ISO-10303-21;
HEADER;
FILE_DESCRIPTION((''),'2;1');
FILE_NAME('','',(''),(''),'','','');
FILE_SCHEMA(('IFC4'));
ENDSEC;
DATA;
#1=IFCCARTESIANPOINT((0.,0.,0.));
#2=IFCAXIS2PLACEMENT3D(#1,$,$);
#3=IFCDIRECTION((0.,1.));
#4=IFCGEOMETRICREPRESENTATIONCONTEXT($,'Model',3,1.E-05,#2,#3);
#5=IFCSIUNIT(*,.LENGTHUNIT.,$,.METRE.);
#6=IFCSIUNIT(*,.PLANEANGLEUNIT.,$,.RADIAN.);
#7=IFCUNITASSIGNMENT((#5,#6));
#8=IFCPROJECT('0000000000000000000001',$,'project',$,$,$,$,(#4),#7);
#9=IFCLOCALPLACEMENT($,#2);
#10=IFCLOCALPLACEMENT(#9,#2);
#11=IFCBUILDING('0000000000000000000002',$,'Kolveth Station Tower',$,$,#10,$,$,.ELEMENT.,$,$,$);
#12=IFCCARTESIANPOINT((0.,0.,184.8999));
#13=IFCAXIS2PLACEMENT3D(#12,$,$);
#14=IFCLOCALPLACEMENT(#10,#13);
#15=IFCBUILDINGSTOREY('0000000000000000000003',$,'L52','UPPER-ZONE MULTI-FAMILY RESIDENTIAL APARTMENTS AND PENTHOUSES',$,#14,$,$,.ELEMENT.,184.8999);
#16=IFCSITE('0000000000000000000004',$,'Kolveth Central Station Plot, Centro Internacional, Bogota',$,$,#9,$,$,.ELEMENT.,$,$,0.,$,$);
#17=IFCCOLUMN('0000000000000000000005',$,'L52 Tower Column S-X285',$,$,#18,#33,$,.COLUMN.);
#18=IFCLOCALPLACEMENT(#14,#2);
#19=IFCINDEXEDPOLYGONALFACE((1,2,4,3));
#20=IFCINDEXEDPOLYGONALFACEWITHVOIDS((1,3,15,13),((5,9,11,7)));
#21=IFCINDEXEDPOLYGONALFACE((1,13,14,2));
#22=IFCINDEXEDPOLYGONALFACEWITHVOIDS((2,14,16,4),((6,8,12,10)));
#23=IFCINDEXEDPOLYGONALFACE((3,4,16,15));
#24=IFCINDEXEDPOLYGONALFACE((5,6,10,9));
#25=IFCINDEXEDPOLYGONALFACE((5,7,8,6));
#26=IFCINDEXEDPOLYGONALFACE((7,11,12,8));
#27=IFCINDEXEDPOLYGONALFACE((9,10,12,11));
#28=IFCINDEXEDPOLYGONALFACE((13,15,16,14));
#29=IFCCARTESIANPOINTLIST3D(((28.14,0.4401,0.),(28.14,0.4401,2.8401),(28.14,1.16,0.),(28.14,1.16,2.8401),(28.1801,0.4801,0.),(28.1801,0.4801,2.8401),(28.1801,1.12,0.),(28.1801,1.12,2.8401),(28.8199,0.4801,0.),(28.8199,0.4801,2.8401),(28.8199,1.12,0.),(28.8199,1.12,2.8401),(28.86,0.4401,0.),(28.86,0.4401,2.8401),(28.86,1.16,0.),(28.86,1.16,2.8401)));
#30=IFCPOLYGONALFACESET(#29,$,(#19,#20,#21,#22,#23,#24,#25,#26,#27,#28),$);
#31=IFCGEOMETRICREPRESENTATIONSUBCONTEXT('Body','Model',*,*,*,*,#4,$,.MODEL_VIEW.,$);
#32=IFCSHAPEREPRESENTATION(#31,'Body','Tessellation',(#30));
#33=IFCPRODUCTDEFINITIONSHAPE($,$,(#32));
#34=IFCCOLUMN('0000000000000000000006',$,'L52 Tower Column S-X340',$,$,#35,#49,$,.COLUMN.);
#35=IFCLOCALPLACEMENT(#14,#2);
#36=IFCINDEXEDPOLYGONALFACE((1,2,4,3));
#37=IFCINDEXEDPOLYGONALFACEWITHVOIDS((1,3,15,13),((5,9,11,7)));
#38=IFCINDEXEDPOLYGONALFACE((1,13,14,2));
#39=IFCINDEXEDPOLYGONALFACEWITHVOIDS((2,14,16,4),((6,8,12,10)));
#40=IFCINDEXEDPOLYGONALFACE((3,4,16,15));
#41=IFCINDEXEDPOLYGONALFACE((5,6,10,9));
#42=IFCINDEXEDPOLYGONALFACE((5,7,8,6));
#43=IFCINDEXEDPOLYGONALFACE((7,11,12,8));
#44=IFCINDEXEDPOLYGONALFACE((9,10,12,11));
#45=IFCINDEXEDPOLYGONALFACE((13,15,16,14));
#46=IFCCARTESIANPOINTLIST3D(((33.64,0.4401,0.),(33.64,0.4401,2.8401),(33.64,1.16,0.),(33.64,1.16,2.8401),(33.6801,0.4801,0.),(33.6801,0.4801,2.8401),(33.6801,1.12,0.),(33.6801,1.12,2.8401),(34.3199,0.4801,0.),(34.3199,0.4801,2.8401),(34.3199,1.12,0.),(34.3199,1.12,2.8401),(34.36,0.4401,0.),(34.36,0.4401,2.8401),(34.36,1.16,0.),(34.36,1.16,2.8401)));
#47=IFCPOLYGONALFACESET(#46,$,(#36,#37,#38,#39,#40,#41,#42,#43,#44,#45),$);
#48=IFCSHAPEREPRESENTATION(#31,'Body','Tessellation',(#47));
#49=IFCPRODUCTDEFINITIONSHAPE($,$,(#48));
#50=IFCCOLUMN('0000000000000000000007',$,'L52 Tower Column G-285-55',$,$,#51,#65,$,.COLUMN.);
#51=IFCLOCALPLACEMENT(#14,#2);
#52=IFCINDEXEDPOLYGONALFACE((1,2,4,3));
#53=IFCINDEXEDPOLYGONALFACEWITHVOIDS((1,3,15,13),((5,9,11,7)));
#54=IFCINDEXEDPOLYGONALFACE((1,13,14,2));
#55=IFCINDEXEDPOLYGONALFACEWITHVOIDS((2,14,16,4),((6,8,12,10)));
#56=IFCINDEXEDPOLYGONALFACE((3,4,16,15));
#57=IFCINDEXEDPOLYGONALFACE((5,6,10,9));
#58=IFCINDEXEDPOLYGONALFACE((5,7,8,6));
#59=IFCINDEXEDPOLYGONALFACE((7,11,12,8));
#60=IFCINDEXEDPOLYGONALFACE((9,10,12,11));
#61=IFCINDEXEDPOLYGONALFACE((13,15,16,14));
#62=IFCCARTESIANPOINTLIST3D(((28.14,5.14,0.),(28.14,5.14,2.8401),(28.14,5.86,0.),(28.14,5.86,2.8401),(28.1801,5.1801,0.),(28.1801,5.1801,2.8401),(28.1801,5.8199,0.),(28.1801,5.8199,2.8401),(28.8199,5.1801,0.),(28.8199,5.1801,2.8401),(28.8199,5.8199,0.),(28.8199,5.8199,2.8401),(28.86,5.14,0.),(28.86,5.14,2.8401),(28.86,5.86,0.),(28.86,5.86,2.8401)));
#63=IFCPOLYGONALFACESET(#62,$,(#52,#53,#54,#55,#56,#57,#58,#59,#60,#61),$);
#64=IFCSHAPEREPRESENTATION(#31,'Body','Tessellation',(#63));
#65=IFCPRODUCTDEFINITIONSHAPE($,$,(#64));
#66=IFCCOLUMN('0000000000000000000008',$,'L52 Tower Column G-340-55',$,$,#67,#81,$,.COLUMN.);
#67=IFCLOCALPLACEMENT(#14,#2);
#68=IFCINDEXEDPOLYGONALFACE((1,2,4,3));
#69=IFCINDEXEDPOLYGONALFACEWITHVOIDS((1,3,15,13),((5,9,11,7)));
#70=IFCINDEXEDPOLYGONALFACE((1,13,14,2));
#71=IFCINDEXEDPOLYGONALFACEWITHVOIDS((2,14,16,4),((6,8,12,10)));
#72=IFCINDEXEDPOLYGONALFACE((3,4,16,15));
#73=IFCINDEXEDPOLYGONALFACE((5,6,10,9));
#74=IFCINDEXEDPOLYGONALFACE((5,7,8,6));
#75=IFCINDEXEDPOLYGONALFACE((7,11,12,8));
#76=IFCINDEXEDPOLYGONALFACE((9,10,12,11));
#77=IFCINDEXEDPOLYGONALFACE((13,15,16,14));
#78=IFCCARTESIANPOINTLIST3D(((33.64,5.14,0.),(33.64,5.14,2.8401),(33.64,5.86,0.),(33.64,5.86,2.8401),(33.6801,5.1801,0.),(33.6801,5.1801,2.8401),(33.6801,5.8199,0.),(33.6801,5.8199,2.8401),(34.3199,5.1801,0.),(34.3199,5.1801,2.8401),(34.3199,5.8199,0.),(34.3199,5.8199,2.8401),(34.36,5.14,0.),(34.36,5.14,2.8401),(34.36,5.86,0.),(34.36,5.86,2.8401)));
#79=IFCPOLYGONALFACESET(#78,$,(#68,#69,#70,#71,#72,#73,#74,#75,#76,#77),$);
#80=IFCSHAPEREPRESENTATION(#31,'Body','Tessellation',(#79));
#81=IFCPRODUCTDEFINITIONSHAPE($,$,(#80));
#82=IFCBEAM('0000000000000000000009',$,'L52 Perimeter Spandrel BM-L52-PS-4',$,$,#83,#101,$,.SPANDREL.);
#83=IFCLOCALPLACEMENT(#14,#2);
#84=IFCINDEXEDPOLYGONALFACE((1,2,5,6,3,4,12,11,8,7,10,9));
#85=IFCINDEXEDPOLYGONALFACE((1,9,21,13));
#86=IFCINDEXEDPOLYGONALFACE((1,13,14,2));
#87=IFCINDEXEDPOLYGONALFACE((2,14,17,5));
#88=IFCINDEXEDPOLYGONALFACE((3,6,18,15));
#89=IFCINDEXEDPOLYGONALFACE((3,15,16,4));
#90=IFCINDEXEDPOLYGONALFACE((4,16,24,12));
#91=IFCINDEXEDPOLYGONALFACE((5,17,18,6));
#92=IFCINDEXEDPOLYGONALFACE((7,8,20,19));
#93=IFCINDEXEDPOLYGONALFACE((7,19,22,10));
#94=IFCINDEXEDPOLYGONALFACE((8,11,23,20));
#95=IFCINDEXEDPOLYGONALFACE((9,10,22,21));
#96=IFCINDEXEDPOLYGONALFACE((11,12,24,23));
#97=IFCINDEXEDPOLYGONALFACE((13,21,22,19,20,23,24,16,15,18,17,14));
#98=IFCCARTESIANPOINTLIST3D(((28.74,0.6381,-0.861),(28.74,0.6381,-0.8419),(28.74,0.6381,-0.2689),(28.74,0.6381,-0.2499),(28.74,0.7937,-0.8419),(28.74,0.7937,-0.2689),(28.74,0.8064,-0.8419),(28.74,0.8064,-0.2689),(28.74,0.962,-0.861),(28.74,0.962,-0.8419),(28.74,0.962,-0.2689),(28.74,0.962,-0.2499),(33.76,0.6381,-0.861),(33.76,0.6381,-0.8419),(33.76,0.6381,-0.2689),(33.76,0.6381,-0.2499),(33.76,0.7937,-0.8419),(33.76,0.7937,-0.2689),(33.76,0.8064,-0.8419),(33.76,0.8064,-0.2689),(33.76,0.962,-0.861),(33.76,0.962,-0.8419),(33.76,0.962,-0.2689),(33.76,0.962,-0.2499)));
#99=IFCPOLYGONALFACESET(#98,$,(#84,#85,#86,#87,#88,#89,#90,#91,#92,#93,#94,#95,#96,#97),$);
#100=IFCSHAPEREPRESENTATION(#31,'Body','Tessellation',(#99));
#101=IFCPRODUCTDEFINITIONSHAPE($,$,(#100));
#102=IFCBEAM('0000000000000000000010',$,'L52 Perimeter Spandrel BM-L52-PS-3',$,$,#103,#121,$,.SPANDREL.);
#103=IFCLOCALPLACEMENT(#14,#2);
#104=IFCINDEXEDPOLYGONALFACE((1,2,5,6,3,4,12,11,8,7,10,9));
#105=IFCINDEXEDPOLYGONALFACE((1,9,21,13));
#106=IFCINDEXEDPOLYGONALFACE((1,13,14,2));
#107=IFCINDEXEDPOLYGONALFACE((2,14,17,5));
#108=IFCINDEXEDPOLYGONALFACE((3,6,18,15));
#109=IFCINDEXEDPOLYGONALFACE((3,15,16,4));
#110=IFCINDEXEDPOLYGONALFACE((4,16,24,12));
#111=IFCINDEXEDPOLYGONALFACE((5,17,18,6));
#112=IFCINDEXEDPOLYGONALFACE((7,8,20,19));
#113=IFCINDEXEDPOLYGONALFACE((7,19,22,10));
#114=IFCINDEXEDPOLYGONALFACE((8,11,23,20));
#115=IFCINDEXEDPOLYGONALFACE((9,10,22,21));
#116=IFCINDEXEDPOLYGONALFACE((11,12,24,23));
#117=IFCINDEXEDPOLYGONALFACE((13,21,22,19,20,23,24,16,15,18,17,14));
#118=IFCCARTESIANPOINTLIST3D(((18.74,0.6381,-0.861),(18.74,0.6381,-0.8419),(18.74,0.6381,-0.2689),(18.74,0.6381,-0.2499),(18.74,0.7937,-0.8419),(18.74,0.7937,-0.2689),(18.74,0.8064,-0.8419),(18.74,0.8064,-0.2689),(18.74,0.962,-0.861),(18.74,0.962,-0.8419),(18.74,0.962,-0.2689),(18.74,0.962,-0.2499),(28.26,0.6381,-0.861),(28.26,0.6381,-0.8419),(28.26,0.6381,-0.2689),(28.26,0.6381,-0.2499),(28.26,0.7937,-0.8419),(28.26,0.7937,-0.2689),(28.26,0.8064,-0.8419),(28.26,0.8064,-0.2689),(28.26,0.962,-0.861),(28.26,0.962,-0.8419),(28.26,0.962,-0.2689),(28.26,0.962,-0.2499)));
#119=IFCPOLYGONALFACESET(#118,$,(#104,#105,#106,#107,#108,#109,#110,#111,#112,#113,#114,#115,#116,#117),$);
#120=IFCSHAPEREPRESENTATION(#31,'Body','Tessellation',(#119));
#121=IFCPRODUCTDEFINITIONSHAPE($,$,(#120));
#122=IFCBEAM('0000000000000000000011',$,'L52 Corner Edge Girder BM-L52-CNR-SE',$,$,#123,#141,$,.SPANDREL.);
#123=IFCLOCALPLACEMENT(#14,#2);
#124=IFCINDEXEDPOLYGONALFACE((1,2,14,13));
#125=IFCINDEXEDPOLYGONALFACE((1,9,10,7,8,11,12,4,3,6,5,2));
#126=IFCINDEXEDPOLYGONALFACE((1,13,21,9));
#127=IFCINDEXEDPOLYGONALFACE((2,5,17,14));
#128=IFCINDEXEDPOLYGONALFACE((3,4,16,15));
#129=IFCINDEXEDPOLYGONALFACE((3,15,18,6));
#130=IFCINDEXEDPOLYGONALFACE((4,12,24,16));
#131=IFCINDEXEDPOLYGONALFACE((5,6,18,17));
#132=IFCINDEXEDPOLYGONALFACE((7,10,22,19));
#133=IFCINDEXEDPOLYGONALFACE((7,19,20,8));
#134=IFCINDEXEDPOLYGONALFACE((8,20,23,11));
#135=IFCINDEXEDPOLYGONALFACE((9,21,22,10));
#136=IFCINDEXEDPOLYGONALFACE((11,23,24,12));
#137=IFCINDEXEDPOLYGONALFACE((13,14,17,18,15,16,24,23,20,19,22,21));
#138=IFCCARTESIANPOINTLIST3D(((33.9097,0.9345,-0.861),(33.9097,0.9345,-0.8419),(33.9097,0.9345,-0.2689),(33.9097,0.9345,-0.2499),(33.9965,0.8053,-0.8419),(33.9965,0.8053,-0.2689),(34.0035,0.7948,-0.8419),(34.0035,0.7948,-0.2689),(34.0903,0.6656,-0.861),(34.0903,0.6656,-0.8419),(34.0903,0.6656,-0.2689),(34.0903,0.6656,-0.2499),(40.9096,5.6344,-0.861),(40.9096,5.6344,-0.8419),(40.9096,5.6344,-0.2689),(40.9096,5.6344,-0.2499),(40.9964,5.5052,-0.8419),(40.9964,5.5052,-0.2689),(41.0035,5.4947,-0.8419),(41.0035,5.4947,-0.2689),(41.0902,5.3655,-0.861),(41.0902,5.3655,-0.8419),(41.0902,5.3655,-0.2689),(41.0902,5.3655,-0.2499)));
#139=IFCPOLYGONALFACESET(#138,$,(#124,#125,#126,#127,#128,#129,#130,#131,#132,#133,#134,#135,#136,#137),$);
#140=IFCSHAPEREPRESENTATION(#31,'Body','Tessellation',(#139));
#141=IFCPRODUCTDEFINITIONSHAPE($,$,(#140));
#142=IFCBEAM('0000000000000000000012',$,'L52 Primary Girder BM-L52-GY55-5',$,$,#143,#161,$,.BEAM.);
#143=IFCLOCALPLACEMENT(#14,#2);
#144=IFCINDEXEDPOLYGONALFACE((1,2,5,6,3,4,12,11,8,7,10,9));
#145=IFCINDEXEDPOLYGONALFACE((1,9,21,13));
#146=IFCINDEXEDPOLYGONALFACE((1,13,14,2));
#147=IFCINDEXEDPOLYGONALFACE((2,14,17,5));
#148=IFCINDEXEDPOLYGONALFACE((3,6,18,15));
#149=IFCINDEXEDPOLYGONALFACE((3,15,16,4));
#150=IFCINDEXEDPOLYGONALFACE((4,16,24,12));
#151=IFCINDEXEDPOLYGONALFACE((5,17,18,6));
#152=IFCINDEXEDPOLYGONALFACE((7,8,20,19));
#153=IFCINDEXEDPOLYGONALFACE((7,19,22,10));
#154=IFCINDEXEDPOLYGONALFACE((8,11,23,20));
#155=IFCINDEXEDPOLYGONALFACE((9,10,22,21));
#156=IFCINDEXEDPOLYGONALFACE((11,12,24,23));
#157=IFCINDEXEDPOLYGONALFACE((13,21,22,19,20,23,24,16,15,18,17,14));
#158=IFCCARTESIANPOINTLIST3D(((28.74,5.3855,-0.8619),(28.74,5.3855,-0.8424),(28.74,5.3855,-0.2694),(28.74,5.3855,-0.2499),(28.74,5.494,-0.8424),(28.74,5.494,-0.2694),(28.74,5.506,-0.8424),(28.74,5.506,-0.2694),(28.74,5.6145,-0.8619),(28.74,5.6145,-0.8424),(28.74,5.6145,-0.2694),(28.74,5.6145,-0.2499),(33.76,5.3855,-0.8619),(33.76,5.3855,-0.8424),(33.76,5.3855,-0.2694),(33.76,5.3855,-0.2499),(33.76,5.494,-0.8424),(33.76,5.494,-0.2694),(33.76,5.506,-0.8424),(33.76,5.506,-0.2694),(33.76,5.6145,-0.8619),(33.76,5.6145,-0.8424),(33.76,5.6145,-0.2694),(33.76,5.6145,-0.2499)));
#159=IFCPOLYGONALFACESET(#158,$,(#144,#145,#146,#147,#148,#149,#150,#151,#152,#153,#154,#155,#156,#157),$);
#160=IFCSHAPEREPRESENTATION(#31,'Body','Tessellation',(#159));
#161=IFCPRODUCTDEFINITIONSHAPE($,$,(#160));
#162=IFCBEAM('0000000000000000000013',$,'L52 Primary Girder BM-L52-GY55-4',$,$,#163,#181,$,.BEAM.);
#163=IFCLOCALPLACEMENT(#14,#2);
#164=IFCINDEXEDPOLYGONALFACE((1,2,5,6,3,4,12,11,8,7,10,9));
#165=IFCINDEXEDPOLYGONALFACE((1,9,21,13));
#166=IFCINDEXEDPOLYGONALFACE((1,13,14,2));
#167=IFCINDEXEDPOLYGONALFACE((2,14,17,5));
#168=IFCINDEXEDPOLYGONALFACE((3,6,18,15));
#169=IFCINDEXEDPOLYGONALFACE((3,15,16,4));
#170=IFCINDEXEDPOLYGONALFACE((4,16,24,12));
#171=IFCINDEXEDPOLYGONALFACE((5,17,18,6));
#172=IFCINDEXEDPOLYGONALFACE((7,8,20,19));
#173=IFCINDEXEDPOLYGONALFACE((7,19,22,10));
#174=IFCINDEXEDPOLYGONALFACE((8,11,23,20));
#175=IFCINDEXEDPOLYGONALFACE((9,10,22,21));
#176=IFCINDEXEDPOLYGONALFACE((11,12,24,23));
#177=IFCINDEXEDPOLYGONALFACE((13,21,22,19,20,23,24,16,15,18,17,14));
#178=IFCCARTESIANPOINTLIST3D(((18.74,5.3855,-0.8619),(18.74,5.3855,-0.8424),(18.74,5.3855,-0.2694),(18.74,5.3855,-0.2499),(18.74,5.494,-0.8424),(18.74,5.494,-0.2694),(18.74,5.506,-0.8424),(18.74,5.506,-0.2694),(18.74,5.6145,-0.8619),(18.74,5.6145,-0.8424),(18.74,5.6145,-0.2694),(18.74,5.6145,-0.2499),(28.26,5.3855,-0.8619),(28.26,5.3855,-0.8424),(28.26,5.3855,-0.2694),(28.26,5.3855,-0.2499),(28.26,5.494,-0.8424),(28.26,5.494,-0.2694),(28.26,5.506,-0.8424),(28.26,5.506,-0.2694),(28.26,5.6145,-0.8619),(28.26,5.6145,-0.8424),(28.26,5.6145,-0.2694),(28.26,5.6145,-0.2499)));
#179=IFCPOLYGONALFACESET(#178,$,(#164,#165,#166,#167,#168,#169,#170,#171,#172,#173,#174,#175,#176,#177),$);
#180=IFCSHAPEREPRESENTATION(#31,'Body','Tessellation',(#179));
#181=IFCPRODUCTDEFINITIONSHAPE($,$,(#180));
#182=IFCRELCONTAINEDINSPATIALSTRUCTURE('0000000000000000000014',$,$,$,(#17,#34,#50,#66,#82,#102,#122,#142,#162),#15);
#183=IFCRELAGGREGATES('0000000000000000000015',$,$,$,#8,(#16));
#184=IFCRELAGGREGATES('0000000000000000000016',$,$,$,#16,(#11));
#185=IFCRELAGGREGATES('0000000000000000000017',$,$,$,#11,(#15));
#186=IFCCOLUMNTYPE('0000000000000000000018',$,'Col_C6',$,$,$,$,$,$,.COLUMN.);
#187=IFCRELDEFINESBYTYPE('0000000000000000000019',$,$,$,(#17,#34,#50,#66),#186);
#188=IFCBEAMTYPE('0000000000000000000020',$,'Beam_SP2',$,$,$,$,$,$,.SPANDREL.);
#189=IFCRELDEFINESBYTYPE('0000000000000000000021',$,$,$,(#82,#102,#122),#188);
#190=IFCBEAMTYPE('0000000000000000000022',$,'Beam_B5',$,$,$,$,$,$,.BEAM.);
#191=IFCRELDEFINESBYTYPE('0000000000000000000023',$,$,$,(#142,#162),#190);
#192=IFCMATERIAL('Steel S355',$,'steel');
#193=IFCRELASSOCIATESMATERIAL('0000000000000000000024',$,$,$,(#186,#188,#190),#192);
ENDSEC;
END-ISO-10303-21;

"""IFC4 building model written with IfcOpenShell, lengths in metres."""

from ifc_helpers import new_model, si_unit, direction, frame, origin, origin_2d, place, context, subcontext, project, spatial, hollow_rectangle, i_section, extrude, source, transform, mapped, material, material_profile, profile_set, type_object, element, save


model = new_model("IFC4")

# Units and contexts
model_context = context("Model", 3, precision=1e-05, world=origin(), true_north=direction((0.0, 1.0)))
body_context = subcontext(model_context, "Body", "Model", "MODEL_VIEW")
ifc_project = project(units=[si_unit("LENGTHUNIT", "METRE"), si_unit("PLANEANGLEUNIT", "RADIAN")], contexts=[model_context])

# Site, building, storey
site_placement = place(None, origin())
site = spatial("IfcSite", under=ifc_project, at=site_placement, Name="Kolveth Central Station Plot, Centro Internacional, Bogota", CompositionType="ELEMENT", RefElevation=0.0)
building_placement = place(site_placement, origin())
building = spatial("IfcBuilding", under=site, at=building_placement, Name="Kolveth Station Tower", CompositionType="ELEMENT")
storey_placement = place(building_placement, frame((0.0, 0.0, 184.8999)))
storey = spatial("IfcBuildingStorey", under=building, at=storey_placement, Name="L52", Description="UPPER-ZONE MULTI-FAMILY RESIDENTIAL APARTMENTS AND PENTHOUSES", CompositionType="ELEMENT", Elevation=184.8999)

# Columns
ifc_material_1 = material(Name="Steel S355", Category="steel")
ifc_material_profile_1 = material_profile(ifc_material_1, hollow_rectangle(XDim=0.72, YDim=0.72, WallThickness=0.04, at=origin_2d()), Name="BOX720x720x40")
ifc_profile_set_1 = profile_set([ifc_material_profile_1], Name="Steel S355")
column_type = type_object("IfcColumnType", Name="Col_C6", PredefinedType="COLUMN", material=ifc_profile_set_1)
shared_shape_1 = source(origin(), body_context, "Body", "SweptSolid", [
    extrude(hollow_rectangle(XDim=0.72, YDim=0.72, WallThickness=0.04, at=origin_2d()), origin(), (0.0, 0.0, 1.0), 2.8401),
])
for number, where, z_axis, x_axis, name in (
    (1, (28.5, 0.8, 0.0), (0.0, 0.0, 1.0), (1.0, 0.0, 0.0), "L52 Tower Column S-X285"),
    (2, (34.0, 0.8, 0.0), (0.0, 0.0, 1.0), (1.0, 0.0, 0.0), "L52 Tower Column S-X340"),
    (3, (28.5, 5.5, 0.0), (0.0, 0.0, 1.0), (1.0, 0.0, 0.0), "L52 Tower Column G-285-55"),
    (4, (34.0, 5.5, 0.0), (0.0, 0.0, 1.0), (1.0, 0.0, 0.0), "L52 Tower Column G-340-55"),
):
    element("IfcColumn", number, at=place(storey_placement, frame(where, z_axis=z_axis, x_axis=x_axis)), inside=storey, type_object=column_type, Name=name, PredefinedType="COLUMN", context=body_context, shape_type="MappedRepresentation", body=[
        mapped(shared_shape_1, transform((0.0, 0.0, 0.0), x_axis=(1.0, 0.0, 0.0), y_axis=(0.0, 1.0, 0.0), z_axis=(0.0, 0.0, 1.0), scale=1.0)),
    ])

# Beams
ifc_material_profile_2 = material_profile(ifc_material_1, i_section(OverallWidth=0.324, OverallDepth=0.6111, WebThickness=0.0127, FlangeThickness=0.019, at=origin_2d()), Name="W610x155")
ifc_profile_set_2 = profile_set([ifc_material_profile_2], Name="Steel S355")
beam_type_1 = type_object("IfcBeamType", Name="Beam_SP2", PredefinedType="SPANDREL", material=ifc_profile_set_2)
shared_shape_2 = source(origin(), body_context, "Body", "SweptSolid", [
    extrude(i_section(OverallWidth=0.324, OverallDepth=0.6111, WebThickness=0.0127, FlangeThickness=0.019, at=origin_2d()), origin(), (0.0, 0.0, 1.0), 5.02),
])
beam_1_placement = place(storey_placement, frame((28.74, 0.8, -0.5554), z_axis=(1.0, 0.0, 0.0), x_axis=(0.0, 1.0, 0.0)))
element("IfcBeam", 5, at=beam_1_placement, inside=storey, type_object=beam_type_1, Name="L52 Perimeter Spandrel BM-L52-PS-4", PredefinedType="SPANDREL", context=body_context, shape_type="MappedRepresentation", body=[
    mapped(shared_shape_2, transform((0.0, 0.0, 0.0), x_axis=(1.0, 0.0, 0.0), y_axis=(0.0, 1.0, 0.0), z_axis=(0.0, 0.0, 1.0), scale=1.0)),
])
shared_shape_3 = source(origin(), body_context, "Body", "SweptSolid", [
    extrude(i_section(OverallWidth=0.324, OverallDepth=0.6111, WebThickness=0.0127, FlangeThickness=0.019, at=origin_2d()), origin(), (0.0, 0.0, 1.0), 9.52),
])
beam_2_placement = place(storey_placement, frame((18.74, 0.8, -0.5554), z_axis=(1.0, 0.0, 0.0), x_axis=(0.0, 1.0, 0.0)))
element("IfcBeam", 6, at=beam_2_placement, inside=storey, type_object=beam_type_1, Name="L52 Perimeter Spandrel BM-L52-PS-3", PredefinedType="SPANDREL", context=body_context, shape_type="MappedRepresentation", body=[
    mapped(shared_shape_3, transform((0.0, 0.0, 0.0), x_axis=(1.0, 0.0, 0.0), y_axis=(0.0, 1.0, 0.0), z_axis=(0.0, 0.0, 1.0), scale=1.0)),
])
shared_shape_4 = source(origin(), body_context, "Body", "SweptSolid", [
    extrude(i_section(OverallWidth=0.324, OverallDepth=0.6111, WebThickness=0.0127, FlangeThickness=0.019, at=origin_2d()), origin(), (0.0, 0.0, 1.0), 8.4314),
])
beam_3_placement = place(storey_placement, frame((34.0, 0.8, -0.5554), z_axis=(0.830224, 0.55743, 0.0), x_axis=(-0.55743, 0.830224, 0.0)))
element("IfcBeam", 7, at=beam_3_placement, inside=storey, type_object=beam_type_1, Name="L52 Corner Edge Girder BM-L52-CNR-SE", PredefinedType="SPANDREL", context=body_context, shape_type="MappedRepresentation", body=[
    mapped(shared_shape_4, transform((0.0, 0.0, 0.0), x_axis=(1.0, 0.0, 0.0), y_axis=(0.0, 1.0, 0.0), z_axis=(0.0, 0.0, 1.0), scale=1.0)),
])
ifc_material_profile_3 = material_profile(ifc_material_1, i_section(OverallWidth=0.229, OverallDepth=0.6121, WebThickness=0.012, FlangeThickness=0.0195, at=origin_2d()), Name="W610x125")
ifc_profile_set_3 = profile_set([ifc_material_profile_3], Name="Steel S355")
beam_type_2 = type_object("IfcBeamType", Name="Beam_B5", PredefinedType="BEAM", material=ifc_profile_set_3)
shared_shape_5 = source(origin(), body_context, "Body", "SweptSolid", [
    extrude(i_section(OverallWidth=0.229, OverallDepth=0.6121, WebThickness=0.012, FlangeThickness=0.0195, at=origin_2d()), origin(), (0.0, 0.0, 1.0), 5.02),
])
beam_4_placement = place(storey_placement, frame((28.74, 5.5, -0.5559), z_axis=(1.0, 0.0, 0.0), x_axis=(0.0, 1.0, 0.0)))
element("IfcBeam", 8, at=beam_4_placement, inside=storey, type_object=beam_type_2, Name="L52 Primary Girder BM-L52-GY55-5", PredefinedType="BEAM", context=body_context, shape_type="MappedRepresentation", body=[
    mapped(shared_shape_5, transform((0.0, 0.0, 0.0), x_axis=(1.0, 0.0, 0.0), y_axis=(0.0, 1.0, 0.0), z_axis=(0.0, 0.0, 1.0), scale=1.0)),
])
shared_shape_6 = source(origin(), body_context, "Body", "SweptSolid", [
    extrude(i_section(OverallWidth=0.229, OverallDepth=0.6121, WebThickness=0.012, FlangeThickness=0.0195, at=origin_2d()), origin(), (0.0, 0.0, 1.0), 9.52),
])
beam_5_placement = place(storey_placement, frame((18.74, 5.5, -0.5559), z_axis=(1.0, 0.0, 0.0), x_axis=(0.0, 1.0, 0.0)))
element("IfcBeam", 9, at=beam_5_placement, inside=storey, type_object=beam_type_2, Name="L52 Primary Girder BM-L52-GY55-4", PredefinedType="BEAM", context=body_context, shape_type="MappedRepresentation", body=[
    mapped(shared_shape_6, transform((0.0, 0.0, 0.0), x_axis=(1.0, 0.0, 0.0), y_axis=(0.0, 1.0, 0.0), z_axis=(0.0, 0.0, 1.0), scale=1.0)),
])

save(model, "model.ifc")
